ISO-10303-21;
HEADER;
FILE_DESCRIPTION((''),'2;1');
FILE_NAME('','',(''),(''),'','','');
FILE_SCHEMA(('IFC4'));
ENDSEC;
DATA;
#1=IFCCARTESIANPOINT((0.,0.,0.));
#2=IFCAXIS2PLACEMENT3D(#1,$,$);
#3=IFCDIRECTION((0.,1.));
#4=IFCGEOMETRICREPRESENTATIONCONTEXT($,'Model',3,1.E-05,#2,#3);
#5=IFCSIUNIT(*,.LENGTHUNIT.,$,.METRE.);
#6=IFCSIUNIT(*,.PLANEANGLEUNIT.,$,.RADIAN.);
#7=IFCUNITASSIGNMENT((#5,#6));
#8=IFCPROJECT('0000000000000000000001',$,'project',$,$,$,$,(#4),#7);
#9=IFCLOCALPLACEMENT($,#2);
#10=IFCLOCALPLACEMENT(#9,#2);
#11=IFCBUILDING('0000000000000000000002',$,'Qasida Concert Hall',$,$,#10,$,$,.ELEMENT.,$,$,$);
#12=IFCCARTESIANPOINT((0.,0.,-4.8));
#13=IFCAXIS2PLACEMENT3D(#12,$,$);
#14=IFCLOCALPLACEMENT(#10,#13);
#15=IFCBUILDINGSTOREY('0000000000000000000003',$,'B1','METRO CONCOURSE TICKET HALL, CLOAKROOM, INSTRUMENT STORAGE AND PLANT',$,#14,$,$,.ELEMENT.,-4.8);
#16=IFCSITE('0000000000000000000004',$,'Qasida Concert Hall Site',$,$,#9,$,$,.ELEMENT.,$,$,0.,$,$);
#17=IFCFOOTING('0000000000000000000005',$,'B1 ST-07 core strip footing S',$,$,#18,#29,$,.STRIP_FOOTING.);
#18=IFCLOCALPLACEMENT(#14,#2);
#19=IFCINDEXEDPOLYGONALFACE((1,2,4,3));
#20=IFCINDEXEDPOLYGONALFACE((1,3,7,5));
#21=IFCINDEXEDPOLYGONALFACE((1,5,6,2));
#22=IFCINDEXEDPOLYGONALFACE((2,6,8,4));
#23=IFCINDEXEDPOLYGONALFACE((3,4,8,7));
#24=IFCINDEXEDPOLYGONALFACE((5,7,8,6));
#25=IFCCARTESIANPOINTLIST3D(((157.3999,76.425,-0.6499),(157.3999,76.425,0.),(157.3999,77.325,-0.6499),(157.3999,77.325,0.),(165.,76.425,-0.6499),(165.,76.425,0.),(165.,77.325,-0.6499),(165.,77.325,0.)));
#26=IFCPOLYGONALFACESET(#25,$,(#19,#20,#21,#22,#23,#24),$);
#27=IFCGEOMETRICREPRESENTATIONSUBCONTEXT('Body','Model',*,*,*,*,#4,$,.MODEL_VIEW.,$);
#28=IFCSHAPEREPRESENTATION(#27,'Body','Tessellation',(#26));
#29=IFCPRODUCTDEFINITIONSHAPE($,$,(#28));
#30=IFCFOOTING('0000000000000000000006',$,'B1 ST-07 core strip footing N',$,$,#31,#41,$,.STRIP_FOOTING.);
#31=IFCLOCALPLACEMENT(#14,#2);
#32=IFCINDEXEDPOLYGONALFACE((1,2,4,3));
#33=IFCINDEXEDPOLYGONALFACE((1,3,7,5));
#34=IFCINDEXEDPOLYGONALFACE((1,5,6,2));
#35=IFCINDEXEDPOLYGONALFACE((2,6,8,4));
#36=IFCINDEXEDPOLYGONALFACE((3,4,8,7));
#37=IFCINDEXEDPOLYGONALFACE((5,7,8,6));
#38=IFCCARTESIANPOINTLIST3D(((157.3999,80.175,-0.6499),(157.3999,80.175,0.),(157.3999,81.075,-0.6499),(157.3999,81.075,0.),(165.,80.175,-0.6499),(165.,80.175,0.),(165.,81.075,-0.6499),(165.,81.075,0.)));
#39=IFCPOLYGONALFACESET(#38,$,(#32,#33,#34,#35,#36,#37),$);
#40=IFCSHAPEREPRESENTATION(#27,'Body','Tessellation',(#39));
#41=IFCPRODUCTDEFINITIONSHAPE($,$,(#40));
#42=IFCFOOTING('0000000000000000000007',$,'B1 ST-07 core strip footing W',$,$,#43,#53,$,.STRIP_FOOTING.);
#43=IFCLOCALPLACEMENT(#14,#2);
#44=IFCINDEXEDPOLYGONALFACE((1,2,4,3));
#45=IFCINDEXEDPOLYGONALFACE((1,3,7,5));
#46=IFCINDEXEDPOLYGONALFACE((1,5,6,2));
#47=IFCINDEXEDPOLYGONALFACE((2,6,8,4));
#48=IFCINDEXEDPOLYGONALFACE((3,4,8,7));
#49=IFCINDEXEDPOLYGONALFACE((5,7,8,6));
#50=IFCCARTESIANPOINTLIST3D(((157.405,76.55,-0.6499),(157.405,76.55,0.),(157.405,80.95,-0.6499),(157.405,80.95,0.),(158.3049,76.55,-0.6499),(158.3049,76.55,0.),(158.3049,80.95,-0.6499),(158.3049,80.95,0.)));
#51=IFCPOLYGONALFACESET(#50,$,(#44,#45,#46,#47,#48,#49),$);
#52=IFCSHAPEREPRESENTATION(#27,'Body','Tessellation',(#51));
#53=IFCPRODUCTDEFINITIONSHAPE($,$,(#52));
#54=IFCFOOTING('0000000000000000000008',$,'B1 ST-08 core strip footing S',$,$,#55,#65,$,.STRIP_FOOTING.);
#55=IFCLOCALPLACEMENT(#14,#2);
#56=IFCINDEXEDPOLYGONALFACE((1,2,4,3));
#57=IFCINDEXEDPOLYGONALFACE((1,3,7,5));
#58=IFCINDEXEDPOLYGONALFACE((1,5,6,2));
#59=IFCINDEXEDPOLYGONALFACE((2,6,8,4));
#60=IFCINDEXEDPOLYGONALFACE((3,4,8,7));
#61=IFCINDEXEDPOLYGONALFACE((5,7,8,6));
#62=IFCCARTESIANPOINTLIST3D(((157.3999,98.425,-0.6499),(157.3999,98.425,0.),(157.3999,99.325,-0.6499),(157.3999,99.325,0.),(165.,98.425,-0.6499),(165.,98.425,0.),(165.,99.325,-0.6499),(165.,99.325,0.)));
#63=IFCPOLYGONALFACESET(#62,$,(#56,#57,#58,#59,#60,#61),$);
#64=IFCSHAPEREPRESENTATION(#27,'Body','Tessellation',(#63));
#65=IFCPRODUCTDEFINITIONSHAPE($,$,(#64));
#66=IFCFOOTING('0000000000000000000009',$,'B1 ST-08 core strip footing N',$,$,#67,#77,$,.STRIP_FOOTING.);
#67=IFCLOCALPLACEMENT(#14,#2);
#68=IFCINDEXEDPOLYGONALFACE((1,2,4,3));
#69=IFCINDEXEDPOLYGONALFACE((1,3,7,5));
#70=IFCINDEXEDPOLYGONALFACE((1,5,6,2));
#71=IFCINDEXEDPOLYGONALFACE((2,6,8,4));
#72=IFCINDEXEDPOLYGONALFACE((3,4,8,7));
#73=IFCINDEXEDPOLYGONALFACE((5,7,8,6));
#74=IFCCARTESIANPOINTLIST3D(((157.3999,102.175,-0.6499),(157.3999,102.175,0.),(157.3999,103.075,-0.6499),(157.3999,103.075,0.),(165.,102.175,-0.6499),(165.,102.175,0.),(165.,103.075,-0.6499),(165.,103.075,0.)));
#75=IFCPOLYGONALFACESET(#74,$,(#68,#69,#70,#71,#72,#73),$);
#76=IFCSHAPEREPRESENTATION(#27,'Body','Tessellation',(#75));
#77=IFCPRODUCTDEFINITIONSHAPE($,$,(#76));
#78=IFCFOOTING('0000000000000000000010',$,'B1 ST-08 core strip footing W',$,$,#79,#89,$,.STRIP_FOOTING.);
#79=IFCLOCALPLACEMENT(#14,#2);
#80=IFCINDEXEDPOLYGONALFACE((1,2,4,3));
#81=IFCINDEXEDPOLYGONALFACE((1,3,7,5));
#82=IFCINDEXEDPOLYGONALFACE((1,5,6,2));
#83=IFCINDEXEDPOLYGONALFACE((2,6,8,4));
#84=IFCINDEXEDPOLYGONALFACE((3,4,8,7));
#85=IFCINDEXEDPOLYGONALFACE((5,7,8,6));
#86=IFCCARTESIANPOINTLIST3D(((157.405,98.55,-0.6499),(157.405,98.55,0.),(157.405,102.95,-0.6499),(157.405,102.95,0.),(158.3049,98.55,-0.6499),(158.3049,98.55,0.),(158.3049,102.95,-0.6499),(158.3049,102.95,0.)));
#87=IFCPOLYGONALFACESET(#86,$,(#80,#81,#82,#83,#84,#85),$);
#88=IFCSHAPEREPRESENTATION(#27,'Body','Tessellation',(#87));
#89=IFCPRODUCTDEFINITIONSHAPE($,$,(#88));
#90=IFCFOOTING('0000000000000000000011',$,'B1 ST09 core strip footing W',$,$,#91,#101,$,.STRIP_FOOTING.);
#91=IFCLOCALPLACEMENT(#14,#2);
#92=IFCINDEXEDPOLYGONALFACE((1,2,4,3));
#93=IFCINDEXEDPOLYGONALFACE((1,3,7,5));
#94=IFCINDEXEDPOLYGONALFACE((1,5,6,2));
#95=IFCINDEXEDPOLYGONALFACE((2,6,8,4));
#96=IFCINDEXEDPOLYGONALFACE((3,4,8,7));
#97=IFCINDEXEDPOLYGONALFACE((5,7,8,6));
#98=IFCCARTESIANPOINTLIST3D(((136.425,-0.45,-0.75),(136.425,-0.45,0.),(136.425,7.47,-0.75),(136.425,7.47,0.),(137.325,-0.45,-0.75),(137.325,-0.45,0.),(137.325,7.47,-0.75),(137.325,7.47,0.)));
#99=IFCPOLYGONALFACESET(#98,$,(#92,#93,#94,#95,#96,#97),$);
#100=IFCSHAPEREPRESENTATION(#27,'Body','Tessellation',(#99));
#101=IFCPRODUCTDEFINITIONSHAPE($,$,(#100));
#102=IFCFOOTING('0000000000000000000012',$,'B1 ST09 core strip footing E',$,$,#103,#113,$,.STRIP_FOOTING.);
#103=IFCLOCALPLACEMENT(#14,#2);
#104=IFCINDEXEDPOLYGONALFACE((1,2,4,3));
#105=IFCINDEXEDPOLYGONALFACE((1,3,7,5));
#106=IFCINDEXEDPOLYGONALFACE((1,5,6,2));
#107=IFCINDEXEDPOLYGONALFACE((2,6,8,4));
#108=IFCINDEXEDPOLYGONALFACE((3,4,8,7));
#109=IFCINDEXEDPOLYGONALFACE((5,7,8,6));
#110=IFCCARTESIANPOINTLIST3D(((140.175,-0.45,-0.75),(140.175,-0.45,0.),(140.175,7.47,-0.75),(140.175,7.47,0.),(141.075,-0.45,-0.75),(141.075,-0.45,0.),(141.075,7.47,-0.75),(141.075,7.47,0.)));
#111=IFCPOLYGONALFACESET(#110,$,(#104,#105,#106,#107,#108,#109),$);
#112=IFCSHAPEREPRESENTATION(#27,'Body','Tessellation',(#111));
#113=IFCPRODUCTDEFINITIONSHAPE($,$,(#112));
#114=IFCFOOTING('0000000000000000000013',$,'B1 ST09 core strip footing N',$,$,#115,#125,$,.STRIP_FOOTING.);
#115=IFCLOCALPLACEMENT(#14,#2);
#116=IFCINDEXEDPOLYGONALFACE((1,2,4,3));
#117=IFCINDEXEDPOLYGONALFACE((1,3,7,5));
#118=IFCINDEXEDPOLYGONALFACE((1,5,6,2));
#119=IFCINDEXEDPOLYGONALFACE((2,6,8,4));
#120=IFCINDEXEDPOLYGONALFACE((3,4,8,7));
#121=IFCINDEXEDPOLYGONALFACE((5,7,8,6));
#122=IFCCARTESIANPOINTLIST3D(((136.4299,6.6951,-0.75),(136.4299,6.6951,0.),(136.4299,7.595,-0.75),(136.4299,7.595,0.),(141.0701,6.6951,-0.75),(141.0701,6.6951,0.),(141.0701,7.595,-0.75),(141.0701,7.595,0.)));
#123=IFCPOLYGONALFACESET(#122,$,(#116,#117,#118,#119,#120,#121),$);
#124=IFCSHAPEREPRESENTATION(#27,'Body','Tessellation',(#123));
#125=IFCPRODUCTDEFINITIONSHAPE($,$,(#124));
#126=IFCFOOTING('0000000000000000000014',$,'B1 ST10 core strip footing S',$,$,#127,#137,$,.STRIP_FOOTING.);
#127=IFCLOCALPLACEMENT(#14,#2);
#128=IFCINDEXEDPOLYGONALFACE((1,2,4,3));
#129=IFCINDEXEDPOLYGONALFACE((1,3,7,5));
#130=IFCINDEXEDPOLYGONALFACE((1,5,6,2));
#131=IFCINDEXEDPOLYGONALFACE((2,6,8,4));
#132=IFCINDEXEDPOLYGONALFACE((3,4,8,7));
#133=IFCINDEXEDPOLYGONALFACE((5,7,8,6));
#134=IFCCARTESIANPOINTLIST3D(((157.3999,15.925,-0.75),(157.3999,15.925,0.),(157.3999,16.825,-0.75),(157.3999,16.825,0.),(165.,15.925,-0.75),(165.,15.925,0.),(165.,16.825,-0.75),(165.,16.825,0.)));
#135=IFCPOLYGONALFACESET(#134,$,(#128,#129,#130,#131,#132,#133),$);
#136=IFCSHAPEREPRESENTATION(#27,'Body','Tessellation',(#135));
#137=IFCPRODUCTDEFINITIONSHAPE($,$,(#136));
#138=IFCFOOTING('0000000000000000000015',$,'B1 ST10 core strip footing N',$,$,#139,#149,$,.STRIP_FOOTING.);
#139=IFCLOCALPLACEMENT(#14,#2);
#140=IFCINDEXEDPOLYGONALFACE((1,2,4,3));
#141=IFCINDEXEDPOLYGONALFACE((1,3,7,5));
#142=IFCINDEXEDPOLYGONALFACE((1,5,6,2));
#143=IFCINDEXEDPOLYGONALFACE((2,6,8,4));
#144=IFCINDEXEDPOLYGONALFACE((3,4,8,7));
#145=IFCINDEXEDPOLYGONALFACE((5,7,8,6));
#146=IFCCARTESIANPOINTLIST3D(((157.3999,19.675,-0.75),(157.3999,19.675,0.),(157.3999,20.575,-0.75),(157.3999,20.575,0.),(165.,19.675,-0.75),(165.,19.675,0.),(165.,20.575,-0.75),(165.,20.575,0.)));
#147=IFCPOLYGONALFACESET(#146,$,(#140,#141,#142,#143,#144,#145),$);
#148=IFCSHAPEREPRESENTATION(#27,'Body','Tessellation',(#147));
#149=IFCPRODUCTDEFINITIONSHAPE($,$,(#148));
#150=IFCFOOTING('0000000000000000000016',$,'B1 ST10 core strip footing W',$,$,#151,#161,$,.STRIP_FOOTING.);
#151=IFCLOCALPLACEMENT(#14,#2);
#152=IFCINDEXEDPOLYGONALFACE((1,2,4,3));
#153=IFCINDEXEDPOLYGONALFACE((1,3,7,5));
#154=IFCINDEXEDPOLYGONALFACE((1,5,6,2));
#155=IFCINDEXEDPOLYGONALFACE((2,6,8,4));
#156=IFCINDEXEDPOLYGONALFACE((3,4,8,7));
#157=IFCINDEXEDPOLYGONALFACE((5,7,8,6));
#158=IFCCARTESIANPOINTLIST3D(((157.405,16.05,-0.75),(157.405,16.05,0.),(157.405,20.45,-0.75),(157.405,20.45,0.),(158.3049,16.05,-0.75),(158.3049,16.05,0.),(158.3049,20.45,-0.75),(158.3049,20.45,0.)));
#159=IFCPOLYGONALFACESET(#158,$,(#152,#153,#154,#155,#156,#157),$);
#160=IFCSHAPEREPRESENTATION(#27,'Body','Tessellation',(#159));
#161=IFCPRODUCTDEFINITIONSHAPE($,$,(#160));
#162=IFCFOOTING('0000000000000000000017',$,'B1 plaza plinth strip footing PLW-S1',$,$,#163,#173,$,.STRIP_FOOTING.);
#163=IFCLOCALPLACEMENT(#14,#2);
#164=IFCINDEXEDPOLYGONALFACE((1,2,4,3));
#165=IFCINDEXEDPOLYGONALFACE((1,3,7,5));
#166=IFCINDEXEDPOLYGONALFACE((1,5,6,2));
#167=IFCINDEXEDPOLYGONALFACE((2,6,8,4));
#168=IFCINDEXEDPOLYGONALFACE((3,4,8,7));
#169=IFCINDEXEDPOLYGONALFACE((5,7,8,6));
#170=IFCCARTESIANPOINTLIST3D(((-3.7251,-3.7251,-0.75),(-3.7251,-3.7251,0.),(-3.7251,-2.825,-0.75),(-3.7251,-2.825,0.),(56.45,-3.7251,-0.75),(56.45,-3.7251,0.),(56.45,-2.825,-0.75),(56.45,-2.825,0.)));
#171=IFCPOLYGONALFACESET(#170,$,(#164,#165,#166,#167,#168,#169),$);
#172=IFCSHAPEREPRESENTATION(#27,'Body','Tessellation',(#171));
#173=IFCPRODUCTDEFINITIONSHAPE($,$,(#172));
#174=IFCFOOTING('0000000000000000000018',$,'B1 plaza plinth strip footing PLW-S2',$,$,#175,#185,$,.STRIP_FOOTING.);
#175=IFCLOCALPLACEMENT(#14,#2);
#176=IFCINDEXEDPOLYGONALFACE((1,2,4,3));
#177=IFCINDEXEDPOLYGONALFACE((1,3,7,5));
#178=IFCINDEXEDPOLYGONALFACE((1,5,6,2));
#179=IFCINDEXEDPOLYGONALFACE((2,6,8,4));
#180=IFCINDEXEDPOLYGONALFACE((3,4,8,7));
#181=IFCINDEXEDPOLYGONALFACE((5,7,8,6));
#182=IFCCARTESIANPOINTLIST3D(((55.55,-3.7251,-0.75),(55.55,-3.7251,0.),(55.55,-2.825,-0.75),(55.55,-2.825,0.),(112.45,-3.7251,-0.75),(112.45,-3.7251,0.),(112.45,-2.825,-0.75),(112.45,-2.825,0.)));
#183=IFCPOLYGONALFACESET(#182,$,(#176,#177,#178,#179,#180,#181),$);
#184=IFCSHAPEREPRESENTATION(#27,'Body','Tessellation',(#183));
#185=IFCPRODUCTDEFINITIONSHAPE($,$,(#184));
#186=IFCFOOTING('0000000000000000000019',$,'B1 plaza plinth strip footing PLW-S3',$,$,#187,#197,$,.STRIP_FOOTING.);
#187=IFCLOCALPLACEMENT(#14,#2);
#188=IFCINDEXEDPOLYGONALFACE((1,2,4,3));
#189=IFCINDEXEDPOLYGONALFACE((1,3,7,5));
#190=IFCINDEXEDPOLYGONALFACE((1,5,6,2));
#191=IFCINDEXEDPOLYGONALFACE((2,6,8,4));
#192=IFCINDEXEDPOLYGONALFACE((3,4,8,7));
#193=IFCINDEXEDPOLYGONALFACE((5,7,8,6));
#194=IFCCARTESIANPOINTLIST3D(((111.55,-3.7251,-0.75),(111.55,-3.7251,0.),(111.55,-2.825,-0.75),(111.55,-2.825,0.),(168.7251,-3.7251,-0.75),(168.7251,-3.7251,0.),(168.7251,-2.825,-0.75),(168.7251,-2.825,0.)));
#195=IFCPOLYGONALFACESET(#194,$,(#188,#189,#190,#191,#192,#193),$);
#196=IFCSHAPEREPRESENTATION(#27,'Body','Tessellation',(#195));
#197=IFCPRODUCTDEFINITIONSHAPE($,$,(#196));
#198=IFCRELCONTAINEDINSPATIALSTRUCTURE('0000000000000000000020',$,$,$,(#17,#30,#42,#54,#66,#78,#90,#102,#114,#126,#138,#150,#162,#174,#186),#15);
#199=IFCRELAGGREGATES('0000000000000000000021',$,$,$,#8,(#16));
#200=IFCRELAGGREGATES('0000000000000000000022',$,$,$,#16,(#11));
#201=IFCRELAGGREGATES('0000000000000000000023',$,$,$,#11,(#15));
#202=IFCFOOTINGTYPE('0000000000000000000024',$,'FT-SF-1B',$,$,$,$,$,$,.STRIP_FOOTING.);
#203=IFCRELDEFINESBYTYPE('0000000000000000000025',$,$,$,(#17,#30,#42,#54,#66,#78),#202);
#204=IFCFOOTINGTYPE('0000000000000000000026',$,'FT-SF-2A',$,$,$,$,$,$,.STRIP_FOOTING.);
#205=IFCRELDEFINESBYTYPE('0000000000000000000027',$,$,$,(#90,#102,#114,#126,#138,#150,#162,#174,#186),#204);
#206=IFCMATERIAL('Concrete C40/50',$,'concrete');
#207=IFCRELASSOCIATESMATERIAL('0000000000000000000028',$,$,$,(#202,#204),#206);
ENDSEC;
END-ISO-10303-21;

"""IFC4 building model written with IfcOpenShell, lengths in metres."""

from ifc_helpers import new_model, si_unit, direction, frame, origin, place, context, subcontext, project, spatial, polyline, outline, extrude, material, type_object, element, save


model = new_model("IFC4")

# Units and contexts
model_context = context("Model", 3, precision=1e-05, world=origin(), true_north=direction((0.0, 1.0)))
body_context = subcontext(model_context, "Body", "Model", "MODEL_VIEW")
ifc_project = project(units=[si_unit("LENGTHUNIT", "METRE"), si_unit("PLANEANGLEUNIT", "RADIAN")], contexts=[model_context])

# Site, building, storey
site_placement = place(None, origin())
site = spatial("IfcSite", under=ifc_project, at=site_placement, Name="Qasida Concert Hall Site", CompositionType="ELEMENT", RefElevation=0.0)
building_placement = place(site_placement, origin())
building = spatial("IfcBuilding", under=site, at=building_placement, Name="Qasida Concert Hall", CompositionType="ELEMENT")
storey_placement = place(building_placement, frame((0.0, 0.0, -4.8)))
storey = spatial("IfcBuildingStorey", under=building, at=storey_placement, Name="B1", Description="METRO CONCOURSE TICKET HALL, CLOAKROOM, INSTRUMENT STORAGE AND PLANT", CompositionType="ELEMENT", Elevation=-4.8)

# Footings
ifc_material_1 = material(Name="Concrete C40/50", Category="concrete")
footing_type_1 = type_object("IfcFootingType", Name="FT-SF-1B", PredefinedType="STRIP_FOOTING", material=ifc_material_1)
footing_1_placement = place(storey_placement, frame((0.0, 0.0, -0.6499)))
element("IfcFooting", 1, at=footing_1_placement, inside=storey, type_object=footing_type_1, Name="B1 ST-07 core strip footing S", PredefinedType="STRIP_FOOTING", context=body_context, shape_type="SweptSolid", body=[
    extrude(outline(polyline([(157.3999, 76.425), (165.0, 76.425), (165.0, 77.325), (157.3999, 77.325), (157.3999, 76.425)])), origin(), (0.0, 0.0, 1.0), 0.6499),
])
footing_2_placement = place(storey_placement, frame((0.0, 0.0, -0.6499)))
element("IfcFooting", 2, at=footing_2_placement, inside=storey, type_object=footing_type_1, Name="B1 ST-07 core strip footing N", PredefinedType="STRIP_FOOTING", context=body_context, shape_type="SweptSolid", body=[
    extrude(outline(polyline([(157.3999, 80.175), (165.0, 80.175), (165.0, 81.075), (157.3999, 81.075), (157.3999, 80.175)])), origin(), (0.0, 0.0, 1.0), 0.6499),
])
footing_3_placement = place(storey_placement, frame((0.0, 0.0, -0.6499)))
element("IfcFooting", 3, at=footing_3_placement, inside=storey, type_object=footing_type_1, Name="B1 ST-07 core strip footing W", PredefinedType="STRIP_FOOTING", context=body_context, shape_type="SweptSolid", body=[
    extrude(outline(polyline([(157.405, 76.55), (158.3049, 76.55), (158.3049, 80.95), (157.405, 80.95), (157.405, 76.55)])), origin(), (0.0, 0.0, 1.0), 0.6499),
])
footing_4_placement = place(storey_placement, frame((0.0, 0.0, -0.6499)))
element("IfcFooting", 4, at=footing_4_placement, inside=storey, type_object=footing_type_1, Name="B1 ST-08 core strip footing S", PredefinedType="STRIP_FOOTING", context=body_context, shape_type="SweptSolid", body=[
    extrude(outline(polyline([(157.3999, 98.425), (165.0, 98.425), (165.0, 99.325), (157.3999, 99.325), (157.3999, 98.425)])), origin(), (0.0, 0.0, 1.0), 0.6499),
])
footing_5_placement = place(storey_placement, frame((0.0, 0.0, -0.6499)))
element("IfcFooting", 5, at=footing_5_placement, inside=storey, type_object=footing_type_1, Name="B1 ST-08 core strip footing N", PredefinedType="STRIP_FOOTING", context=body_context, shape_type="SweptSolid", body=[
    extrude(outline(polyline([(157.3999, 102.175), (165.0, 102.175), (165.0, 103.075), (157.3999, 103.075), (157.3999, 102.175)])), origin(), (0.0, 0.0, 1.0), 0.6499),
])
footing_6_placement = place(storey_placement, frame((0.0, 0.0, -0.6499)))
element("IfcFooting", 6, at=footing_6_placement, inside=storey, type_object=footing_type_1, Name="B1 ST-08 core strip footing W", PredefinedType="STRIP_FOOTING", context=body_context, shape_type="SweptSolid", body=[
    extrude(outline(polyline([(157.405, 98.55), (158.3049, 98.55), (158.3049, 102.95), (157.405, 102.95), (157.405, 98.55)])), origin(), (0.0, 0.0, 1.0), 0.6499),
])
footing_type_2 = type_object("IfcFootingType", Name="FT-SF-2A", PredefinedType="STRIP_FOOTING", material=ifc_material_1)
footing_7_placement = place(storey_placement, frame((0.0, 0.0, -0.75)))
element("IfcFooting", 7, at=footing_7_placement, inside=storey, type_object=footing_type_2, Name="B1 ST09 core strip footing W", PredefinedType="STRIP_FOOTING", context=body_context, shape_type="SweptSolid", body=[
    extrude(outline(polyline([(136.425, -0.45), (137.325, -0.45), (137.325, 7.47), (136.425, 7.47), (136.425, -0.45)])), origin(), (0.0, 0.0, 1.0), 0.75),
])
footing_8_placement = place(storey_placement, frame((0.0, 0.0, -0.75)))
element("IfcFooting", 8, at=footing_8_placement, inside=storey, type_object=footing_type_2, Name="B1 ST09 core strip footing E", PredefinedType="STRIP_FOOTING", context=body_context, shape_type="SweptSolid", body=[
    extrude(outline(polyline([(140.175, -0.45), (141.075, -0.45), (141.075, 7.47), (140.175, 7.47), (140.175, -0.45)])), origin(), (0.0, 0.0, 1.0), 0.75),
])
footing_9_placement = place(storey_placement, frame((0.0, 0.0, -0.75)))
element("IfcFooting", 9, at=footing_9_placement, inside=storey, type_object=footing_type_2, Name="B1 ST09 core strip footing N", PredefinedType="STRIP_FOOTING", context=body_context, shape_type="SweptSolid", body=[
    extrude(outline(polyline([(136.4299, 6.6951), (141.0701, 6.6951), (141.0701, 7.595), (136.4299, 7.595), (136.4299, 6.6951)])), origin(), (0.0, 0.0, 1.0), 0.75),
])
footing_10_placement = place(storey_placement, frame((0.0, 0.0, -0.75)))
element("IfcFooting", 10, at=footing_10_placement, inside=storey, type_object=footing_type_2, Name="B1 ST10 core strip footing S", PredefinedType="STRIP_FOOTING", context=body_context, shape_type="SweptSolid", body=[
    extrude(outline(polyline([(157.3999, 15.925), (165.0, 15.925), (165.0, 16.825), (157.3999, 16.825), (157.3999, 15.925)])), origin(), (0.0, 0.0, 1.0), 0.75),
])
footing_11_placement = place(storey_placement, frame((0.0, 0.0, -0.75)))
element("IfcFooting", 11, at=footing_11_placement, inside=storey, type_object=footing_type_2, Name="B1 ST10 core strip footing N", PredefinedType="STRIP_FOOTING", context=body_context, shape_type="SweptSolid", body=[
    extrude(outline(polyline([(157.3999, 19.675), (165.0, 19.675), (165.0, 20.575), (157.3999, 20.575), (157.3999, 19.675)])), origin(), (0.0, 0.0, 1.0), 0.75),
])
footing_12_placement = place(storey_placement, frame((0.0, 0.0, -0.75)))
element("IfcFooting", 12, at=footing_12_placement, inside=storey, type_object=footing_type_2, Name="B1 ST10 core strip footing W", PredefinedType="STRIP_FOOTING", context=body_context, shape_type="SweptSolid", body=[
    extrude(outline(polyline([(157.405, 16.05), (158.3049, 16.05), (158.3049, 20.45), (157.405, 20.45), (157.405, 16.05)])), origin(), (0.0, 0.0, 1.0), 0.75),
])
footing_13_placement = place(storey_placement, frame((0.0, 0.0, -0.75)))
element("IfcFooting", 13, at=footing_13_placement, inside=storey, type_object=footing_type_2, Name="B1 plaza plinth strip footing PLW-S1", PredefinedType="STRIP_FOOTING", context=body_context, shape_type="SweptSolid", body=[
    extrude(outline(polyline([(-3.7251, -3.7251), (56.45, -3.7251), (56.45, -2.825), (-3.7251, -2.825), (-3.7251, -3.7251)])), origin(), (0.0, 0.0, 1.0), 0.75),
])
footing_14_placement = place(storey_placement, frame((0.0, 0.0, -0.75)))
element("IfcFooting", 14, at=footing_14_placement, inside=storey, type_object=footing_type_2, Name="B1 plaza plinth strip footing PLW-S2", PredefinedType="STRIP_FOOTING", context=body_context, shape_type="SweptSolid", body=[
    extrude(outline(polyline([(55.55, -3.7251), (112.45, -3.7251), (112.45, -2.825), (55.55, -2.825), (55.55, -3.7251)])), origin(), (0.0, 0.0, 1.0), 0.75),
])
footing_15_placement = place(storey_placement, frame((0.0, 0.0, -0.75)))
element("IfcFooting", 15, at=footing_15_placement, inside=storey, type_object=footing_type_2, Name="B1 plaza plinth strip footing PLW-S3", PredefinedType="STRIP_FOOTING", context=body_context, shape_type="SweptSolid", body=[
    extrude(outline(polyline([(111.55, -3.7251), (168.7251, -3.7251), (168.7251, -2.825), (111.55, -2.825), (111.55, -3.7251)])), origin(), (0.0, 0.0, 1.0), 0.75),
])

save(model, "model.ifc")
